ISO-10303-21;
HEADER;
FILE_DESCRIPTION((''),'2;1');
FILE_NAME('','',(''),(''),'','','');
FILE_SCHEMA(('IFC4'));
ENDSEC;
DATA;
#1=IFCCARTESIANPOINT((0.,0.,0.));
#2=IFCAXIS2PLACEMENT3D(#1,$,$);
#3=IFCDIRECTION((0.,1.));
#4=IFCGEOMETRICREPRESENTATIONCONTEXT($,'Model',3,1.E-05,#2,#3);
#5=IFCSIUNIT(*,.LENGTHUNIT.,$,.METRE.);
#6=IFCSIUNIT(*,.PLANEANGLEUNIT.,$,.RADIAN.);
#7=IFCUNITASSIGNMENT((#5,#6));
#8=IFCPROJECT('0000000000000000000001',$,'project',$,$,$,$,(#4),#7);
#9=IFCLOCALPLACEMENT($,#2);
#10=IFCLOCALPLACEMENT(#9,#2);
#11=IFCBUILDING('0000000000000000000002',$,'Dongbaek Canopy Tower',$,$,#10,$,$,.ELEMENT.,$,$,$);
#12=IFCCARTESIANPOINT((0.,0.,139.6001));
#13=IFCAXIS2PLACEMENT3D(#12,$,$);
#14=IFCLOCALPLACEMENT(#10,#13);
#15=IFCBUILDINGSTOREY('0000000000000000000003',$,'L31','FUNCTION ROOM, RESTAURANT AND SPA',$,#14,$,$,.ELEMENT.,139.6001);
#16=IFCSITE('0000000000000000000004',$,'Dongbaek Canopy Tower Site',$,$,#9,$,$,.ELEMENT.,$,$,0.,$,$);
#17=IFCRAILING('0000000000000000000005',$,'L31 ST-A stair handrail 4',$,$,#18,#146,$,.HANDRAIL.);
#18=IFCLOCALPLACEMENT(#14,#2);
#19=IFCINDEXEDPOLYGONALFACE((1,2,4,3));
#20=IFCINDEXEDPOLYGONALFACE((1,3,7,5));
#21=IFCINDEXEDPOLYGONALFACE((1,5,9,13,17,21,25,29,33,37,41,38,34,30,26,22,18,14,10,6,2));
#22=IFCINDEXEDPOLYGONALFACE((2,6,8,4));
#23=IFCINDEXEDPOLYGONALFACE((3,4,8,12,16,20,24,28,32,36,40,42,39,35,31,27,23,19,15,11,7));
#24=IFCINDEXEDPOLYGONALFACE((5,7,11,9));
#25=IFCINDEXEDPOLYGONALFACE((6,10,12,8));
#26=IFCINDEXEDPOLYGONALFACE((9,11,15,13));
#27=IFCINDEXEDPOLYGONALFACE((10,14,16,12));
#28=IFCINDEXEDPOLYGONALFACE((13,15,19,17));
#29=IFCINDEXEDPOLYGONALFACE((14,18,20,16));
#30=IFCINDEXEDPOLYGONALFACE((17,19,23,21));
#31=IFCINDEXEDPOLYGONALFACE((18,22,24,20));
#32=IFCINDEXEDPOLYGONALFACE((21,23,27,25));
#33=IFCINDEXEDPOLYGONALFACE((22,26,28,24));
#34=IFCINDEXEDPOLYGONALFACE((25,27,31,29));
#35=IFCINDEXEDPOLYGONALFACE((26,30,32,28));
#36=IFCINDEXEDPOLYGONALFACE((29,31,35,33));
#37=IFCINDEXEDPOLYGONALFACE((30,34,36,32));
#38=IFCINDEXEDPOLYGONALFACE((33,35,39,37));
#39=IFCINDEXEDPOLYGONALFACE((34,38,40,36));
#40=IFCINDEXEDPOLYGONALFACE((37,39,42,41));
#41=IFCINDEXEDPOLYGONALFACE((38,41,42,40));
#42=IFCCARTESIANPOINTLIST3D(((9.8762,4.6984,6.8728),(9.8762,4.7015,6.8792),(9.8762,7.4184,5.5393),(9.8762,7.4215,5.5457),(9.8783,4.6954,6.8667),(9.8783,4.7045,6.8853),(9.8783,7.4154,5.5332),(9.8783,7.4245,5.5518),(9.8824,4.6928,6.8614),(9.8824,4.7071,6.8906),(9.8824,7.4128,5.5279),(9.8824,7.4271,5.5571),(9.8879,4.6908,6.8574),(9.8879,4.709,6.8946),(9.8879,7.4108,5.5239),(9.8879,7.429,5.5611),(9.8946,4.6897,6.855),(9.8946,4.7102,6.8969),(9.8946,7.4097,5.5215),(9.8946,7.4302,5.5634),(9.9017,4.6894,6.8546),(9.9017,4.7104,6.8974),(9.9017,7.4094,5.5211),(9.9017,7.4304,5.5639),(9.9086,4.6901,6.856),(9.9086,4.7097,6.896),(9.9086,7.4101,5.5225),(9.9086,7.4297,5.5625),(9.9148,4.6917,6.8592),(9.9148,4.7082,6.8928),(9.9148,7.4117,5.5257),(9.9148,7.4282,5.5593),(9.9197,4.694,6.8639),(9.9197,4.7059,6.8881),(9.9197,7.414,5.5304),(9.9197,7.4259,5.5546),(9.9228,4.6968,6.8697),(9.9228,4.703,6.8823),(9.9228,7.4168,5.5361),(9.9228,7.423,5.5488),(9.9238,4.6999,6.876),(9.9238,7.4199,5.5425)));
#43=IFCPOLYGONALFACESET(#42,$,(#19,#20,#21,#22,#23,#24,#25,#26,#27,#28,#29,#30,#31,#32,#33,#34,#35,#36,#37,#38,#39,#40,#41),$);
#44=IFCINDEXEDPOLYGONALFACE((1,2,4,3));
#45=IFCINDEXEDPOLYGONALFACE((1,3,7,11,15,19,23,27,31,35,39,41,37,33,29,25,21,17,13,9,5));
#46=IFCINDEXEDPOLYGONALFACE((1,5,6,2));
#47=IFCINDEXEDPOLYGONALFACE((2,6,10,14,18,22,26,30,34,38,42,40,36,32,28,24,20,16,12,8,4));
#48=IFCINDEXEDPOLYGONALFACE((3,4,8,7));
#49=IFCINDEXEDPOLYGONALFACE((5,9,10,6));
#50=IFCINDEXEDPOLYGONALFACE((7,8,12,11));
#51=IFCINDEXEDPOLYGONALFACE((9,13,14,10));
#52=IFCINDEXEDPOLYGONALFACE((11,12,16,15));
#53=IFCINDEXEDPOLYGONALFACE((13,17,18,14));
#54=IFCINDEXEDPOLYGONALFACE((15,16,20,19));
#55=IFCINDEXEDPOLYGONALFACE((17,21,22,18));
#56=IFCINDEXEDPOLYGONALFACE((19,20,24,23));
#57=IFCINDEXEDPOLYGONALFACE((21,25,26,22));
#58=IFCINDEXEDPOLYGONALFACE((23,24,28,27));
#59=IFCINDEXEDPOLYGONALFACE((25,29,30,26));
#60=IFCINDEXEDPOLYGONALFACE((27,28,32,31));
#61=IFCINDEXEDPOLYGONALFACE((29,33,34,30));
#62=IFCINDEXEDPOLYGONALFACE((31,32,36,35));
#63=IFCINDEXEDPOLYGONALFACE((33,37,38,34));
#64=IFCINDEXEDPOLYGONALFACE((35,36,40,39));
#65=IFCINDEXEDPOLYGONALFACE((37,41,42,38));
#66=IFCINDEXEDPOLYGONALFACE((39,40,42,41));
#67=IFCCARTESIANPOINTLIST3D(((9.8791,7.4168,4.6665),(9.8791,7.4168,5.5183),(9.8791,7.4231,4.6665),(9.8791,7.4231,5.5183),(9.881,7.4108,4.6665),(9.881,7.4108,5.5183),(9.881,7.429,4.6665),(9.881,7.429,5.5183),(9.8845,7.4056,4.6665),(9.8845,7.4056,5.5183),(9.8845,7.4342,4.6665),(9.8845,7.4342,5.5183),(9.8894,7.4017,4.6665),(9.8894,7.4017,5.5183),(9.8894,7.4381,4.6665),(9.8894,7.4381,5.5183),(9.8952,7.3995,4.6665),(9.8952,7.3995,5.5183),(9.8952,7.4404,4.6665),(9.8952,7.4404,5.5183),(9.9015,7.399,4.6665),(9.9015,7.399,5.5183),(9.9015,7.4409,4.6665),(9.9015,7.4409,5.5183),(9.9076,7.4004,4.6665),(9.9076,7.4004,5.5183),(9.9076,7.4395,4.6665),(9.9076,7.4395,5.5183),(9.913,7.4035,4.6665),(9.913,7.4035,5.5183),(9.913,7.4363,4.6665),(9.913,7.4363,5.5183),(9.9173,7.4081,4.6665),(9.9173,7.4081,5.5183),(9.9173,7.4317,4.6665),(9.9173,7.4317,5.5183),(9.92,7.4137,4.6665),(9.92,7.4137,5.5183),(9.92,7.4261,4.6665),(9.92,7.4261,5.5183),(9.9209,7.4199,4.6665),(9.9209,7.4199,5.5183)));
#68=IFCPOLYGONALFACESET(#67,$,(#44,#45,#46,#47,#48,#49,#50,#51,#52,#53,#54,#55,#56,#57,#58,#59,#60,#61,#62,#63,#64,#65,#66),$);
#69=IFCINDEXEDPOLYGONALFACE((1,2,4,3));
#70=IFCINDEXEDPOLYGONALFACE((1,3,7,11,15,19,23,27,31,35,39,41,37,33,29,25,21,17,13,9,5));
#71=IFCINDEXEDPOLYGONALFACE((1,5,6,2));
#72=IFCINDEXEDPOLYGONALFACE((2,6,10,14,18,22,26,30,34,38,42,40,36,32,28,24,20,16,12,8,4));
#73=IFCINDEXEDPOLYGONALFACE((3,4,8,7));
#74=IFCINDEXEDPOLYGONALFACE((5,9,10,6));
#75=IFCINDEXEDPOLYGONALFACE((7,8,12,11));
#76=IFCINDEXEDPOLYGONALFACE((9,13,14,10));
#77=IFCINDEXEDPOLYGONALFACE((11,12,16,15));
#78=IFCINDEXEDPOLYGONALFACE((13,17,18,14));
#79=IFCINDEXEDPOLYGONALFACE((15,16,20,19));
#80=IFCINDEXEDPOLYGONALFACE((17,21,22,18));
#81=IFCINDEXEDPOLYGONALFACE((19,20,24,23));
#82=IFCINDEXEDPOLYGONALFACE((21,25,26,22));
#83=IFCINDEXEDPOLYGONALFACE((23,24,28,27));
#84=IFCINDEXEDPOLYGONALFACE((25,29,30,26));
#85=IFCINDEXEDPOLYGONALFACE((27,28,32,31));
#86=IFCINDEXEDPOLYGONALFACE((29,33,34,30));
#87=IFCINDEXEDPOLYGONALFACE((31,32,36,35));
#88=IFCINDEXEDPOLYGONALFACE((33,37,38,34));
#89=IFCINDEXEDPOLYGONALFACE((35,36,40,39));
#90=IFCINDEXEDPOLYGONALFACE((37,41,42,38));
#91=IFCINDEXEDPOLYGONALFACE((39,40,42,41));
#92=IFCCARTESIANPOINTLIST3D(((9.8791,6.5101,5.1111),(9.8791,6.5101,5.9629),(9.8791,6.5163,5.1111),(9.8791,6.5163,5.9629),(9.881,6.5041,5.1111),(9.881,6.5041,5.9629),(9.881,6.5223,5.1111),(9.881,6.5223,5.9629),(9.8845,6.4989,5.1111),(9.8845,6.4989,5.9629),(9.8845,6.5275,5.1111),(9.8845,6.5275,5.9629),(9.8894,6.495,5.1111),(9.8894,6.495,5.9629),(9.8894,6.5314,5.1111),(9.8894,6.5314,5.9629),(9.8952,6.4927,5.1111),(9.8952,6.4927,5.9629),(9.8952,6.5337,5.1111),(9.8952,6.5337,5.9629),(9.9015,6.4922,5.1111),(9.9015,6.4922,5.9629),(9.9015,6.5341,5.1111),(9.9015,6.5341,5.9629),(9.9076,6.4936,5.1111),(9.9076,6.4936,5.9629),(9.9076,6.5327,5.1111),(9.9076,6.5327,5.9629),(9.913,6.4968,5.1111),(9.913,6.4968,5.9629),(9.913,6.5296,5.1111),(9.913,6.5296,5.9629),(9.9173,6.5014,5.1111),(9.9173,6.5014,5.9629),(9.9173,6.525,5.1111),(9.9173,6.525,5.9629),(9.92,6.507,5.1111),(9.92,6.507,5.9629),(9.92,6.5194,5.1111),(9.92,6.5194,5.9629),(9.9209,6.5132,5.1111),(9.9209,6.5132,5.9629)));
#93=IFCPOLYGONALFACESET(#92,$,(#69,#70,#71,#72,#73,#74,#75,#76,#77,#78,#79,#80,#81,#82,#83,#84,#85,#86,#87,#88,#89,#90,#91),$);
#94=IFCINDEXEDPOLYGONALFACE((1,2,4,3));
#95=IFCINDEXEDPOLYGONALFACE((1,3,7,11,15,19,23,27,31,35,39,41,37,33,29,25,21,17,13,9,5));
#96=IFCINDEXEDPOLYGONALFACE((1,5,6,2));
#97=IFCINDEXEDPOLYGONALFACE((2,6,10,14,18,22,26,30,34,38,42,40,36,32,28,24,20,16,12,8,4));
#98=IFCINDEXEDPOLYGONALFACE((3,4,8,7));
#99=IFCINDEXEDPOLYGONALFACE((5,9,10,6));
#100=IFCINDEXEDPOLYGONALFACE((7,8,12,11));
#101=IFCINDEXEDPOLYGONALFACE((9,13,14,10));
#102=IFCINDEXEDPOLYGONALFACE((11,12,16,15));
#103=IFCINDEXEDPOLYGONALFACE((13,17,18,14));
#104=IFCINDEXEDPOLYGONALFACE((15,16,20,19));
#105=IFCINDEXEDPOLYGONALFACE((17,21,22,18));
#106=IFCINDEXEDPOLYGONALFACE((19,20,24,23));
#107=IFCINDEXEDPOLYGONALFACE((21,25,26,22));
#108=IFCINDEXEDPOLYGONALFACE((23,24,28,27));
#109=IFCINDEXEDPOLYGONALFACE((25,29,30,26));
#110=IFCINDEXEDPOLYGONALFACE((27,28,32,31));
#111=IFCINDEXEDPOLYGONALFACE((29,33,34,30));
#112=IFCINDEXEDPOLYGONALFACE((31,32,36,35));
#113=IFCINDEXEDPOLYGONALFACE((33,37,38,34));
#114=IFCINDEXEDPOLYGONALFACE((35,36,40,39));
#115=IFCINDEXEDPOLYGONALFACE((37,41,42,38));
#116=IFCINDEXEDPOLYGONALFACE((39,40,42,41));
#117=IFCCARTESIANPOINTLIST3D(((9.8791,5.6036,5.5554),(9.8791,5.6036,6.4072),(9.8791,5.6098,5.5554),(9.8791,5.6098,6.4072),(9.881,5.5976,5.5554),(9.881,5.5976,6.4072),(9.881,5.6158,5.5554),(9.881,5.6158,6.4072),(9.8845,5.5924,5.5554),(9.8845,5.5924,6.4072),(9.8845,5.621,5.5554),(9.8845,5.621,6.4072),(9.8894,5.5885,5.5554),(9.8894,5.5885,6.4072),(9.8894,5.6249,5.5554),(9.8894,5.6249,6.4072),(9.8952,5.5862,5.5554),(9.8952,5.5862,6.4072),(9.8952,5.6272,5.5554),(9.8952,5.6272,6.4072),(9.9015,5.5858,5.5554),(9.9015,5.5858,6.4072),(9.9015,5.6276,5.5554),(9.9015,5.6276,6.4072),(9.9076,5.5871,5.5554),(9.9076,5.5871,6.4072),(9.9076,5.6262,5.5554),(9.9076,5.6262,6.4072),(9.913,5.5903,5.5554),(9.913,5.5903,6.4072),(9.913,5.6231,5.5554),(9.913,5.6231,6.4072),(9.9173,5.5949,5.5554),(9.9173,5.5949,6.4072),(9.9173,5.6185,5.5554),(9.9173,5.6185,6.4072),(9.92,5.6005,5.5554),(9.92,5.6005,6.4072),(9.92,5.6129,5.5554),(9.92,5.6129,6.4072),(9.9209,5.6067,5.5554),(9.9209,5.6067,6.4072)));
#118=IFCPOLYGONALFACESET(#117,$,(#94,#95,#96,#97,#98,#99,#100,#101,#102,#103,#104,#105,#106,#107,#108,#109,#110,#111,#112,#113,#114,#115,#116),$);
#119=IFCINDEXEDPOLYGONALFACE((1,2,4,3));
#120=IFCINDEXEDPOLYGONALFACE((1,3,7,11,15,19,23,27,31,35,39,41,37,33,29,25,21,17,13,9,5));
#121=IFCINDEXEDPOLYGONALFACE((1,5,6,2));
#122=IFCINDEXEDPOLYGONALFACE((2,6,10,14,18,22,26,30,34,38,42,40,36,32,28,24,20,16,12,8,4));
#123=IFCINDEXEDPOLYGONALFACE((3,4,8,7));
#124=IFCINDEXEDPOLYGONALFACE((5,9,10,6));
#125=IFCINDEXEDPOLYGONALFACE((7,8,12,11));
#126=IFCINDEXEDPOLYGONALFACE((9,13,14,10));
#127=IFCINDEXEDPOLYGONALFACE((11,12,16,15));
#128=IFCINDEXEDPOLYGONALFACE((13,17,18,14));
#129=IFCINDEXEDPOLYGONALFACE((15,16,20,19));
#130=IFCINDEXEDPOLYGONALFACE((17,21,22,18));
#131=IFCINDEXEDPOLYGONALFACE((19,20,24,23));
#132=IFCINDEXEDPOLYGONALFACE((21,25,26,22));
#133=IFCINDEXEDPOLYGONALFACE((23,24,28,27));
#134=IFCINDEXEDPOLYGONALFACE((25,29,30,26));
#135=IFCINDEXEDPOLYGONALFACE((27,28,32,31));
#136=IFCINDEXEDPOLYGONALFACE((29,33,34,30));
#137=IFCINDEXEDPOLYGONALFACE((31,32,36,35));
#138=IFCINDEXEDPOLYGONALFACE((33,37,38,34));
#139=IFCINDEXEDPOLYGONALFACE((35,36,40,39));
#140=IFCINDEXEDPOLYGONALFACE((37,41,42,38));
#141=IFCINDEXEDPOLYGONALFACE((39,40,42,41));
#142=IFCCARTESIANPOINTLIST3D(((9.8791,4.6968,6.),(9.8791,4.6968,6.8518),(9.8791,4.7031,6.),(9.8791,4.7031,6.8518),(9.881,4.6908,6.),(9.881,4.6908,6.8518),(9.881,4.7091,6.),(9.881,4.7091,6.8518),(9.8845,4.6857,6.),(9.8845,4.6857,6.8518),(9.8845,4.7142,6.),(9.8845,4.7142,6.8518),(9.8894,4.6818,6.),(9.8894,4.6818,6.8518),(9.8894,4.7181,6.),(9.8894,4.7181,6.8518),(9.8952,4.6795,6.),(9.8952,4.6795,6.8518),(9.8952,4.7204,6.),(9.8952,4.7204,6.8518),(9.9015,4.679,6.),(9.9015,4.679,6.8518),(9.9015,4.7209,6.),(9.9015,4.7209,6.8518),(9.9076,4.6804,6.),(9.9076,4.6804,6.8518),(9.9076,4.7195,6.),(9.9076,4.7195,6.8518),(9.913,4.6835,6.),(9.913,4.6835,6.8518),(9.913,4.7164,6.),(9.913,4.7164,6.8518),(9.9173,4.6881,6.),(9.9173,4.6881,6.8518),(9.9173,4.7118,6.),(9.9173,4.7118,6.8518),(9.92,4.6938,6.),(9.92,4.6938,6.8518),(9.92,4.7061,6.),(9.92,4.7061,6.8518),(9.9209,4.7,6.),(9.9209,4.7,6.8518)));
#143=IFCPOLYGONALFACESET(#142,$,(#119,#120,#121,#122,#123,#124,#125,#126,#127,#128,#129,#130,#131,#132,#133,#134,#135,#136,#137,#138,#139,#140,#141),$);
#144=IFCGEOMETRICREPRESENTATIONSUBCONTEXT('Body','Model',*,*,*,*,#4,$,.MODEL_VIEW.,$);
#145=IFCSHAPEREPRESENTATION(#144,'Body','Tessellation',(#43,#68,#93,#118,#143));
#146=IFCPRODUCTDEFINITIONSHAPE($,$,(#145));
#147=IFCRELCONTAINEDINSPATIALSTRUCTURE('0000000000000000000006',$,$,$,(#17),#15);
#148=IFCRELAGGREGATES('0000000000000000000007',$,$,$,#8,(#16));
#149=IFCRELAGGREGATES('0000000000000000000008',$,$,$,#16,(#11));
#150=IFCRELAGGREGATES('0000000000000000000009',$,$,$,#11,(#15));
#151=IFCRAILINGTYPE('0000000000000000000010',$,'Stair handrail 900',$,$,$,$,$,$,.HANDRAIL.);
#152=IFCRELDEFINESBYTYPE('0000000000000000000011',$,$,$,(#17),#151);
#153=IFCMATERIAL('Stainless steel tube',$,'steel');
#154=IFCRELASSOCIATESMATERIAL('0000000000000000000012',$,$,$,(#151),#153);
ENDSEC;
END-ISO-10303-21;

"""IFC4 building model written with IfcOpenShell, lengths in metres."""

from ifc_helpers import new_model, si_unit, direction, frame, origin, origin_2d, place, context, subcontext, project, spatial, circle, extrude, material, type_object, element, save


model = new_model("IFC4")

# Units and contexts
model_context = context("Model", 3, precision=1e-05, world=origin(), true_north=direction((0.0, 1.0)))
body_context = subcontext(model_context, "Body", "Model", "MODEL_VIEW")
ifc_project = project(units=[si_unit("LENGTHUNIT", "METRE"), si_unit("PLANEANGLEUNIT", "RADIAN")], contexts=[model_context])

# Site, building, storey
site_placement = place(None, origin())
site = spatial("IfcSite", under=ifc_project, at=site_placement, Name="Dongbaek Canopy Tower Site", CompositionType="ELEMENT", RefElevation=0.0)
building_placement = place(site_placement, origin())
building = spatial("IfcBuilding", under=site, at=building_placement, Name="Dongbaek Canopy Tower", CompositionType="ELEMENT")
storey_placement = place(building_placement, frame((0.0, 0.0, 139.6001)))
storey = spatial("IfcBuildingStorey", under=building, at=storey_placement, Name="L31", Description="FUNCTION ROOM, RESTAURANT AND SPA", CompositionType="ELEMENT", Elevation=139.6001)

# Railing
ifc_material_1 = material(Name="Stainless steel tube", Category="steel")
railing_type_1 = type_object("IfcRailingType", Name="Stair handrail 900", PredefinedType="HANDRAIL", material=ifc_material_1)
for number, where, name in (
    (1, (9.8999, 7.4199, 4.6665), "L31 ST-A stair handrail 4"),
):
    element("IfcRailing", number, at=place(storey_placement, frame(where)), inside=storey, type_object=railing_type_1, Name=name, PredefinedType="HANDRAIL", context=body_context, shape_type="SweptSolid", body=[
        extrude(circle(Radius=0.0239, at=origin_2d()), frame((0.0, 0.0, 0.876), z_axis=(0.0, -0.897898, 0.440204), x_axis=(1.0, 0.0, 0.0)), (0.0, 0.0, 1.0), 3.0293),
        extrude(circle(Radius=0.021, at=origin_2d()), origin(), (0.0, 0.0, 1.0), 0.8518),
        extrude(circle(Radius=0.021, at=origin_2d()), frame((0.0, -0.9067, 0.4446)), (0.0, 0.0, 1.0), 0.8518),
        extrude(circle(Radius=0.021, at=origin_2d()), frame((0.0, -1.8132, 0.8889)), (0.0, 0.0, 1.0), 0.8518),
        extrude(circle(Radius=0.021, at=origin_2d()), frame((0.0, -2.72, 1.3335)), (0.0, 0.0, 1.0), 0.8518),
    ])

save(model, "model.ifc")
